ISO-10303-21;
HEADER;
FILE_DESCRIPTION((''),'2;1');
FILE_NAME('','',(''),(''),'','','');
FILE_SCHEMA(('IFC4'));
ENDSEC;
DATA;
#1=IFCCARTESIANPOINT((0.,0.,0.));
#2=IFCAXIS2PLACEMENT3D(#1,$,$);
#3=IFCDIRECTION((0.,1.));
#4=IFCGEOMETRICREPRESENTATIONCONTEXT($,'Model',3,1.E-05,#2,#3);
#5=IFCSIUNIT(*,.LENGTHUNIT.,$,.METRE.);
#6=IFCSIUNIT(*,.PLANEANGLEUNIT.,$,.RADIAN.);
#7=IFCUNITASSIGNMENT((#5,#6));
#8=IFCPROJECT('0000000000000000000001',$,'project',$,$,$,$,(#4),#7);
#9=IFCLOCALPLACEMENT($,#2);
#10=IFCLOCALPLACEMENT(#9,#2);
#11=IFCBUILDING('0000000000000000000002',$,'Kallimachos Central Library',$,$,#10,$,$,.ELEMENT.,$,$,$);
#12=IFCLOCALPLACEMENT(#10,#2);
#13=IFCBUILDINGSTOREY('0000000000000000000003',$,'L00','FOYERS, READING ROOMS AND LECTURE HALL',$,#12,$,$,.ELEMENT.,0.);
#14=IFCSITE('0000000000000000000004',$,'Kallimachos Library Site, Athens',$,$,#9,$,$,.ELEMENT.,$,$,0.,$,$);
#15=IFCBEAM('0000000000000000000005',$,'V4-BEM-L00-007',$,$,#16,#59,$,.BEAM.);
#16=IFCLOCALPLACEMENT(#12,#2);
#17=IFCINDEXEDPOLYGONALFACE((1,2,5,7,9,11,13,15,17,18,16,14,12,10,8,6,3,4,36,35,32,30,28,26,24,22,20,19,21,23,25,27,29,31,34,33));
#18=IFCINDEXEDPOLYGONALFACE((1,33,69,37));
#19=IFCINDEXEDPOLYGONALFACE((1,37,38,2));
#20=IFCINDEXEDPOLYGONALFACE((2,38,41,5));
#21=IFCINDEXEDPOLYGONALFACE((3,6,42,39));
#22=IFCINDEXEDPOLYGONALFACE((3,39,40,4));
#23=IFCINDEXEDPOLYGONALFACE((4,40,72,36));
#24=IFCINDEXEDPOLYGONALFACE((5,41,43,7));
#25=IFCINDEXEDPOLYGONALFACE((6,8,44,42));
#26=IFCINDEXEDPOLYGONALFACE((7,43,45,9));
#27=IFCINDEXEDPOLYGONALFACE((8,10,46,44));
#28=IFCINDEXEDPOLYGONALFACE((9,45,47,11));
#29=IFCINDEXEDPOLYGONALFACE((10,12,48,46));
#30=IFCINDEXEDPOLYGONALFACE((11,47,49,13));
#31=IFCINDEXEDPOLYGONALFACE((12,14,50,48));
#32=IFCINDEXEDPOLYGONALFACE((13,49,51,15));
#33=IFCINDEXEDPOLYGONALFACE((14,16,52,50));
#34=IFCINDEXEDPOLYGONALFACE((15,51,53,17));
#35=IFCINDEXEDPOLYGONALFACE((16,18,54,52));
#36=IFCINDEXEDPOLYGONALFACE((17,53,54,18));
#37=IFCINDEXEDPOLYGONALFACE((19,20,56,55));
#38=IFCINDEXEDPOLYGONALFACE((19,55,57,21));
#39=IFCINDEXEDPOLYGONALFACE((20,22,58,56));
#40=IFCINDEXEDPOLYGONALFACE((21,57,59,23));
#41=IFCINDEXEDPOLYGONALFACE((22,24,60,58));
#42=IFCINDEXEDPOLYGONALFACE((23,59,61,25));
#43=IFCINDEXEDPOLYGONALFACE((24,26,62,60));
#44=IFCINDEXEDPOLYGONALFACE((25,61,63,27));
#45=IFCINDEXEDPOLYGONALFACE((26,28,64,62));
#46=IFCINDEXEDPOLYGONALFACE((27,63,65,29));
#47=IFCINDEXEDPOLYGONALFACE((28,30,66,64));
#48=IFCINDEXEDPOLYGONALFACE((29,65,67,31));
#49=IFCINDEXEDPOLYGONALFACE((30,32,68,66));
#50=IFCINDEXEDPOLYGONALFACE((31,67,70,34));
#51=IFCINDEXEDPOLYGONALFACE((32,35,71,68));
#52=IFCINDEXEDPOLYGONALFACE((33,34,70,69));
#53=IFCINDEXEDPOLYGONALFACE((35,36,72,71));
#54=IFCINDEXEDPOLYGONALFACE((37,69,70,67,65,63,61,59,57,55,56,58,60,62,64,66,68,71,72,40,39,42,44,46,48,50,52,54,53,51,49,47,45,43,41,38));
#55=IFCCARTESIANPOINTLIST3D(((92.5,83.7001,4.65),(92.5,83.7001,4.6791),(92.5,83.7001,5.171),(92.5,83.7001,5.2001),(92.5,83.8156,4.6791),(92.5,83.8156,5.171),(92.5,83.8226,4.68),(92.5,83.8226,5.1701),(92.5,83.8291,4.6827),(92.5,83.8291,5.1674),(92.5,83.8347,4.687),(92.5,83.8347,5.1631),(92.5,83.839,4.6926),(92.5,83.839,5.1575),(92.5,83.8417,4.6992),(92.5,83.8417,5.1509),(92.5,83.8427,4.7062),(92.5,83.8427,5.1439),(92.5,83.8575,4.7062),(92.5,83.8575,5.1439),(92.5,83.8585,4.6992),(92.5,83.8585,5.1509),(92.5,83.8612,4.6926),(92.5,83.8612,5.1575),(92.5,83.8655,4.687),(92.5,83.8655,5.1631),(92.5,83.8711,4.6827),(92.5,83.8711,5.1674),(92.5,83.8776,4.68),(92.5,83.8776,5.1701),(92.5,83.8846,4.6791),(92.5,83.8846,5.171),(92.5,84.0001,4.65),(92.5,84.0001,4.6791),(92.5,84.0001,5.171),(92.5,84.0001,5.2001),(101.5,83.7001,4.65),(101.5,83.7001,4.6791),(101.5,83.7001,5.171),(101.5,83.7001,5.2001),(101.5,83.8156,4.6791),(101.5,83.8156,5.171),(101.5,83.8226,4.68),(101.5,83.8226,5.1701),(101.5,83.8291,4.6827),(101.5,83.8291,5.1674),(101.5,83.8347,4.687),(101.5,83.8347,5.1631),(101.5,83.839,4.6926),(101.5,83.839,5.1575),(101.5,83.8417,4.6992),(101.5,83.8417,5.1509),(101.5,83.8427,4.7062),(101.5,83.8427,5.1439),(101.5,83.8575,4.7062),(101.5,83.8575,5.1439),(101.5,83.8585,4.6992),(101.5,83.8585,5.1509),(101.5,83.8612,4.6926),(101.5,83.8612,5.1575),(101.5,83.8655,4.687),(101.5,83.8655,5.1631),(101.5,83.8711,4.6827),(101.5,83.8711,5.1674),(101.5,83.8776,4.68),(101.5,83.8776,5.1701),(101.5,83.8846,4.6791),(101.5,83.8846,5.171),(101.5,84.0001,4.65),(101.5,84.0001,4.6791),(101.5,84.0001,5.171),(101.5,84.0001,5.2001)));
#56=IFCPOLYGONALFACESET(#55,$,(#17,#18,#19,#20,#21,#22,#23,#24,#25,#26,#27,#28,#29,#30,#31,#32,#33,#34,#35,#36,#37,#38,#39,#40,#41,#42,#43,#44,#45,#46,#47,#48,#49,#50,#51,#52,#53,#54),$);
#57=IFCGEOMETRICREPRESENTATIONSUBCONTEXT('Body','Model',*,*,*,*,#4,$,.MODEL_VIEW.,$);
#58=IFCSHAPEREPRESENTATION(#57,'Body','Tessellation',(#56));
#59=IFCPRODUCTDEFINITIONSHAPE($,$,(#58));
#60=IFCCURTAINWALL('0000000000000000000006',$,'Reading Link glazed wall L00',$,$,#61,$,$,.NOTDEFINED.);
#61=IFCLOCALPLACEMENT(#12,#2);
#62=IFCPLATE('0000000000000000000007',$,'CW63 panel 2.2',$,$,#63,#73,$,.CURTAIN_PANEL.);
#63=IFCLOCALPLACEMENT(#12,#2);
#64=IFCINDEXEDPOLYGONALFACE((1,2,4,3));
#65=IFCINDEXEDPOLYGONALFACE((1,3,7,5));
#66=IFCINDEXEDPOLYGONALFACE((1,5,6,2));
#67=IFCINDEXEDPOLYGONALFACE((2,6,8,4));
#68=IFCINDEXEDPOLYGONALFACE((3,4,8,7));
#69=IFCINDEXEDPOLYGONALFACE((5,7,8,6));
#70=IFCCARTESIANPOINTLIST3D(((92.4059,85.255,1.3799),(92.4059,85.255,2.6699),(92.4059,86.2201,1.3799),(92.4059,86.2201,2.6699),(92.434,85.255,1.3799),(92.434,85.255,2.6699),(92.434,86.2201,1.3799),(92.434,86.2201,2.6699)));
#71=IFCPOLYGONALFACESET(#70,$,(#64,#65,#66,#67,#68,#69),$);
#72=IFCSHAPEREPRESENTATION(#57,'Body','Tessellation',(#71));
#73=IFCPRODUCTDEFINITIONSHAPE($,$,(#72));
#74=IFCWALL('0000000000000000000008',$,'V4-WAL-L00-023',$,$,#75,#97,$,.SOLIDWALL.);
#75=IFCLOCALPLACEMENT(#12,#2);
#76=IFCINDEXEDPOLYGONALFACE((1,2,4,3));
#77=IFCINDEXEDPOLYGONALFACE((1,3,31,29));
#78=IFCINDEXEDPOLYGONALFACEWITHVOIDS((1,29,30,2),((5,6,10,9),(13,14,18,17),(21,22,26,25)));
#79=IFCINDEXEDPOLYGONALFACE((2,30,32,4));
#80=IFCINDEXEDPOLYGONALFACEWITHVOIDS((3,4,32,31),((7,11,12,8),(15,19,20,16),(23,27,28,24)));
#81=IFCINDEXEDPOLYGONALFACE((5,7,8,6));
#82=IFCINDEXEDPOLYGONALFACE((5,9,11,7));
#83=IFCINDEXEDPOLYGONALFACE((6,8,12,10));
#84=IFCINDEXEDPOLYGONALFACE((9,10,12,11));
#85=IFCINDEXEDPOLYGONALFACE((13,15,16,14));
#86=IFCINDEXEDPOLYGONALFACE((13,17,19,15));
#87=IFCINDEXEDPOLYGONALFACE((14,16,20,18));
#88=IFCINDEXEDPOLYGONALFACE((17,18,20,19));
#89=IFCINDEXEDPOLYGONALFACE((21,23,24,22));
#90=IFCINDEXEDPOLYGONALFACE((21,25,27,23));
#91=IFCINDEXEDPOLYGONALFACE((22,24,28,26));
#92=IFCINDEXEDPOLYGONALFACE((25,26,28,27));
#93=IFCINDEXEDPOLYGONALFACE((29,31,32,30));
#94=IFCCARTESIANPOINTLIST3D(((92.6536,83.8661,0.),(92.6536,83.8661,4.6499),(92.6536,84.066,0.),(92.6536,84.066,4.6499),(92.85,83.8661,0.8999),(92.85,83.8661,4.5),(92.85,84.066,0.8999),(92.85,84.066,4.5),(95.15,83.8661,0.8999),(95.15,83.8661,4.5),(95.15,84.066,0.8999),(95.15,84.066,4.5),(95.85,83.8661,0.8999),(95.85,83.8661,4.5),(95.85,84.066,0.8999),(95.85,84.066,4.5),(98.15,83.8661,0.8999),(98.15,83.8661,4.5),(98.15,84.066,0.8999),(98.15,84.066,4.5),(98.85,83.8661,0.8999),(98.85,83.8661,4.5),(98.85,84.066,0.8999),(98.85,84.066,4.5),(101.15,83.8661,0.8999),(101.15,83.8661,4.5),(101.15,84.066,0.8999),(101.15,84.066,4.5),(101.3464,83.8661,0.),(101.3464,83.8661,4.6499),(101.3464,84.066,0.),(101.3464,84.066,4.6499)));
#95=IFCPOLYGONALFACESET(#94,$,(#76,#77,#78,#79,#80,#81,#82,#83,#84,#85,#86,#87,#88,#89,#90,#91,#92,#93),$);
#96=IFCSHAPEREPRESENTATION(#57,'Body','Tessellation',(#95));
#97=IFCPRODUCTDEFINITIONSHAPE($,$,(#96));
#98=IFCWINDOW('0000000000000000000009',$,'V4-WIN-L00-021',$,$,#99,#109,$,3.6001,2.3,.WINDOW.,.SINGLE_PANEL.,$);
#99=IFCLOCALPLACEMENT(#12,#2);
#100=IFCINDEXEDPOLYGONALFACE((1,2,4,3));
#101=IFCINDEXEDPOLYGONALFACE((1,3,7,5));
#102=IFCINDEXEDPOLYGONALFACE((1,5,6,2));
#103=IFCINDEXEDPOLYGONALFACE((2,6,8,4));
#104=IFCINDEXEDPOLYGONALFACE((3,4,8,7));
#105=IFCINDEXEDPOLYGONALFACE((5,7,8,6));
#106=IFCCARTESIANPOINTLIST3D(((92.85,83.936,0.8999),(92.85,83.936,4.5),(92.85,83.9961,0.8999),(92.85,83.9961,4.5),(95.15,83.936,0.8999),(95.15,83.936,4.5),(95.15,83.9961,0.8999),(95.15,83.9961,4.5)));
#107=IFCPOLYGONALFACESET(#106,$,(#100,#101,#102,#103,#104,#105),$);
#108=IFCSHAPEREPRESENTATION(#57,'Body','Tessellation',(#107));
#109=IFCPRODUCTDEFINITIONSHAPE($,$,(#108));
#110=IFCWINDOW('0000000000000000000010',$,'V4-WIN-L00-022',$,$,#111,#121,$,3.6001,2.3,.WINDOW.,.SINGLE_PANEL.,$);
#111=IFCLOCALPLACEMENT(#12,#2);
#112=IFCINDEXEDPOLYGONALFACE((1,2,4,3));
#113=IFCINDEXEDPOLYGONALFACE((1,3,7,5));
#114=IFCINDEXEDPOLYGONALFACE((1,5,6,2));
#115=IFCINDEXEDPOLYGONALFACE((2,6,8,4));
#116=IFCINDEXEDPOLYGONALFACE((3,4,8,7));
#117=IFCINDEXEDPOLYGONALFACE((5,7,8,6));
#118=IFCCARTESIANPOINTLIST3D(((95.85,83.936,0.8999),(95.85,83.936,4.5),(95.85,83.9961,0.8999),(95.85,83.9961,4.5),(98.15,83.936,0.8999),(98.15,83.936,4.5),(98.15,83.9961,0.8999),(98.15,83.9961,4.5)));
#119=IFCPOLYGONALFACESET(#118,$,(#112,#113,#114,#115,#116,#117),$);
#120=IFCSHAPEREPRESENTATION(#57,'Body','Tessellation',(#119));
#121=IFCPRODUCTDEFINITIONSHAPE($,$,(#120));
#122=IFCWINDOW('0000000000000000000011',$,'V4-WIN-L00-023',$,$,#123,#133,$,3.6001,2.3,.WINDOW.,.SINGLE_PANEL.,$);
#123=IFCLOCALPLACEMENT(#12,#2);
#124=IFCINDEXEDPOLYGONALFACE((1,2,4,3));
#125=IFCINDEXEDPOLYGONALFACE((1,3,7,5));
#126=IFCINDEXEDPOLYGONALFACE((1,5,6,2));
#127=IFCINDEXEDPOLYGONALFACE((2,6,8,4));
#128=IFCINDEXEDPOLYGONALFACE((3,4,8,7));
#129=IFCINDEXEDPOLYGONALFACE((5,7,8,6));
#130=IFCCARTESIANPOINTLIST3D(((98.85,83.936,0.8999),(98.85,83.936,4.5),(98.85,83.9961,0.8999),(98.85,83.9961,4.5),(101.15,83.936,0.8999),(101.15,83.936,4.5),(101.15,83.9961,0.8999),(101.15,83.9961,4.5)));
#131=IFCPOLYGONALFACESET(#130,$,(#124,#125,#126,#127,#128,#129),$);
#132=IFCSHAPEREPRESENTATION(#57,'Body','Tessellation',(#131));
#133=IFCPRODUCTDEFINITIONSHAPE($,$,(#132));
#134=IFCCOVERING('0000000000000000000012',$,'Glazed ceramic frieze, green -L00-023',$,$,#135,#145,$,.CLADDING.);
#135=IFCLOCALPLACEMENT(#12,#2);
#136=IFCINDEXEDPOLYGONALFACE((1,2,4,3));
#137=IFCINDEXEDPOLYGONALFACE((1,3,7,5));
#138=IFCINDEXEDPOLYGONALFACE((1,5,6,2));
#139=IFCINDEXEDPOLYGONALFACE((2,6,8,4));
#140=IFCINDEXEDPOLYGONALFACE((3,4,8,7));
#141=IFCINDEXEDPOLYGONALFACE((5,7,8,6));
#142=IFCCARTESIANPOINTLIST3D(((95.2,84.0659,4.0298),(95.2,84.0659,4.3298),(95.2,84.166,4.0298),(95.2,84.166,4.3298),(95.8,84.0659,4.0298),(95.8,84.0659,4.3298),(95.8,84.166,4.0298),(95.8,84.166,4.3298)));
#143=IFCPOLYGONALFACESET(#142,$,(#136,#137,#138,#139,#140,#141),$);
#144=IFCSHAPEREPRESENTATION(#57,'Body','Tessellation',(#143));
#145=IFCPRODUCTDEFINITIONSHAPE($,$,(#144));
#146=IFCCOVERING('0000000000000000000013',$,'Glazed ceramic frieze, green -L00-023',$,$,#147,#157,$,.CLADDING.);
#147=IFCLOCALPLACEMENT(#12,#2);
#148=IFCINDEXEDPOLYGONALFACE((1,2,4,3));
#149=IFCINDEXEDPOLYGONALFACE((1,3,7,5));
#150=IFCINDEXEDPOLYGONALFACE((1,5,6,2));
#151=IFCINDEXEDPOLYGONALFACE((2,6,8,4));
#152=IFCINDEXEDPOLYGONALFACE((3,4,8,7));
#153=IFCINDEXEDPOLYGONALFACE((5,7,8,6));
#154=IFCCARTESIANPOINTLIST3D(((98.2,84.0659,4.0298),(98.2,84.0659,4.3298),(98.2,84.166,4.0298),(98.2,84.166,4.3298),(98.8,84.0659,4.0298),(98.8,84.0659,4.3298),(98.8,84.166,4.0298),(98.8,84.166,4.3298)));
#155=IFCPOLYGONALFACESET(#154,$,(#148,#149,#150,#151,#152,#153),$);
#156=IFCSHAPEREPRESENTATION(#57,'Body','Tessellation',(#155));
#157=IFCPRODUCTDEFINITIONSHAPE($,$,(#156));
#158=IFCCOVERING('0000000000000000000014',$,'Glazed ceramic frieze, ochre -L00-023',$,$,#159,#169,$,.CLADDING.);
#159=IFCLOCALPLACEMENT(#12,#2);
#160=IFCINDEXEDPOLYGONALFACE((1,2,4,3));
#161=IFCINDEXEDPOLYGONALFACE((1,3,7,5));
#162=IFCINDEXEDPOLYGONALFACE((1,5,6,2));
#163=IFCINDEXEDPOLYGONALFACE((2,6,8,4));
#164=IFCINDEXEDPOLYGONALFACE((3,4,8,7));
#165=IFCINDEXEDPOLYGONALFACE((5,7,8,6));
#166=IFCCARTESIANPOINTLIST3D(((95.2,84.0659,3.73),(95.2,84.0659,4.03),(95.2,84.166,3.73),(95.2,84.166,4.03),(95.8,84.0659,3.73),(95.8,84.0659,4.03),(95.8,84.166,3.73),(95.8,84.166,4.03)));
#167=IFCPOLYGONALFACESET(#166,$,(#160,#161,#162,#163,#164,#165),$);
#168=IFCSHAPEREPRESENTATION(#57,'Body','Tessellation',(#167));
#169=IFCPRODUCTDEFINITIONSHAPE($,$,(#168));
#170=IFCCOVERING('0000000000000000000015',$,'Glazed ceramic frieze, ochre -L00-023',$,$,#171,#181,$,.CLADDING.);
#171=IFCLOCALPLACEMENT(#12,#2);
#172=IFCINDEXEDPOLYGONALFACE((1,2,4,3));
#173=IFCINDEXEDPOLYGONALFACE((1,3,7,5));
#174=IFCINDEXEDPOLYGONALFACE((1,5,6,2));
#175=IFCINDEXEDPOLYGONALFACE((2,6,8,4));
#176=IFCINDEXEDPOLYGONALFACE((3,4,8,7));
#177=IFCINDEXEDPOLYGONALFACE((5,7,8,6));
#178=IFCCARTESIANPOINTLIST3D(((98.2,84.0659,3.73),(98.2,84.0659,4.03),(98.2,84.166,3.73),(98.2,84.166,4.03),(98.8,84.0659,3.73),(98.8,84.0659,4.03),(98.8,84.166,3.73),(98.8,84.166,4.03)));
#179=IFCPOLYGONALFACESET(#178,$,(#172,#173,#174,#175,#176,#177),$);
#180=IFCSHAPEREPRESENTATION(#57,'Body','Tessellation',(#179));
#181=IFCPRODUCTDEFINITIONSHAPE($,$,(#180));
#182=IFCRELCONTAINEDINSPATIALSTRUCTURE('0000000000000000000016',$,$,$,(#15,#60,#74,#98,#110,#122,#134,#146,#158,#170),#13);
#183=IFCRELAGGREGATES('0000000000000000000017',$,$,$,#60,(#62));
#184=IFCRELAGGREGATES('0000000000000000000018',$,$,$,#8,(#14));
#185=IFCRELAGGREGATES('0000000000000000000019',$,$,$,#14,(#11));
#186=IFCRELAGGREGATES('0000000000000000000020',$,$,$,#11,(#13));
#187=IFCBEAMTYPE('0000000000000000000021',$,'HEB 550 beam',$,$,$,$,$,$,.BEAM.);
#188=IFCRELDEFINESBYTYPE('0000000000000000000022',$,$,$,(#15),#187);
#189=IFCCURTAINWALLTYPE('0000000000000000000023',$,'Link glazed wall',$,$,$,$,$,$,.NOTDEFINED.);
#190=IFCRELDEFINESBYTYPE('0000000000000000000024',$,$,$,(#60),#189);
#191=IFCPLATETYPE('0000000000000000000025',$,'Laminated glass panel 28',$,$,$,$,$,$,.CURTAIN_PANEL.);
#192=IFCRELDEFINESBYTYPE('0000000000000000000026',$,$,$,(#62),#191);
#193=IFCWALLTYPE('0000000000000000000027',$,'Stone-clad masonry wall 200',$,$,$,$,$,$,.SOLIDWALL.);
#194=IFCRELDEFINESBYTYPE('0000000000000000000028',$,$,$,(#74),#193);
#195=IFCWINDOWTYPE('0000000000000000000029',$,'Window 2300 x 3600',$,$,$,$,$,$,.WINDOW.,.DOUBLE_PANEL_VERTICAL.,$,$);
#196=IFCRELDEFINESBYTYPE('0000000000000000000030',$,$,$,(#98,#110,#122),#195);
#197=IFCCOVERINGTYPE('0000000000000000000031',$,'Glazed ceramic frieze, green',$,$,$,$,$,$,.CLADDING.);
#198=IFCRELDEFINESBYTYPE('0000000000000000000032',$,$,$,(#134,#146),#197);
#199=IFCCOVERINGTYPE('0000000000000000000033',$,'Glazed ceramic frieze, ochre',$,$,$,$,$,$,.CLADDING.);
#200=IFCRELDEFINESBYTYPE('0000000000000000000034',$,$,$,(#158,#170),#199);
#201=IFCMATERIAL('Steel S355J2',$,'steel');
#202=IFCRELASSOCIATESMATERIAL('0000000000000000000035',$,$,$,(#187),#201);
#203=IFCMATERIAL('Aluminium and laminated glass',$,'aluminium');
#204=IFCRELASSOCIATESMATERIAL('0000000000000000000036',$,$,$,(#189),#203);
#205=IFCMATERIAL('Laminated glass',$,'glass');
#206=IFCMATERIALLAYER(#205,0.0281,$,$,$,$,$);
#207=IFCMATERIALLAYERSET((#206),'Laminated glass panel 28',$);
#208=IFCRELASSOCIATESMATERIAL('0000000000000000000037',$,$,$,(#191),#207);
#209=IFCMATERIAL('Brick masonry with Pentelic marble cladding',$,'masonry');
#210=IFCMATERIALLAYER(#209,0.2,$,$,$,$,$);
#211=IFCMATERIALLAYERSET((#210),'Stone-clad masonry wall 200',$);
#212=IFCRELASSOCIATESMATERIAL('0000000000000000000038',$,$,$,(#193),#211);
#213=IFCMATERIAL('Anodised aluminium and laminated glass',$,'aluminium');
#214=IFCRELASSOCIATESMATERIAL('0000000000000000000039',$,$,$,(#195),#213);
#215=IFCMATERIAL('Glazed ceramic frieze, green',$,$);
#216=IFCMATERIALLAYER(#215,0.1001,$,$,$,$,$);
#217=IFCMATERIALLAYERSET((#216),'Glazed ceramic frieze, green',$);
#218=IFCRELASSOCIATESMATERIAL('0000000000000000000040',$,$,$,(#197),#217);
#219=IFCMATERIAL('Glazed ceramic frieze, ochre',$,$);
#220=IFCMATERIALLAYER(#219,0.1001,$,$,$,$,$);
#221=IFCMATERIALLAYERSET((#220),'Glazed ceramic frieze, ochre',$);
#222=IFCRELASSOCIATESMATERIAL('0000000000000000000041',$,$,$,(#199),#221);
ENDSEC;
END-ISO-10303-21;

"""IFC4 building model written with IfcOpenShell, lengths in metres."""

from ifc_helpers import new_model, si_unit, direction, frame, frame_2d, origin, origin_2d, place, context, subcontext, project, spatial, rectangle, i_section, extrude, material, layer, layer_set, material_profile, profile_set, type_object, element, fill, aggregate, save


model = new_model("IFC4")

# Units and contexts
model_context = context("Model", 3, precision=1e-05, world=origin(), true_north=direction((0.0, 1.0)))
body_context = subcontext(model_context, "Body", "Model", "MODEL_VIEW")
ifc_project = project(units=[si_unit("LENGTHUNIT", "METRE"), si_unit("PLANEANGLEUNIT", "RADIAN")], contexts=[model_context])

# Site, building, storey
site_placement = place(None, origin())
site = spatial("IfcSite", under=ifc_project, at=site_placement, Name="Kallimachos Library Site, Athens", CompositionType="ELEMENT", RefElevation=0.0)
building_placement = place(site_placement, origin())
building = spatial("IfcBuilding", under=site, at=building_placement, Name="Kallimachos Central Library", CompositionType="ELEMENT")
storey_placement = place(building_placement, origin())
storey = spatial("IfcBuildingStorey", under=building, at=storey_placement, Name="L00", Description="FOYERS, READING ROOMS AND LECTURE HALL", CompositionType="ELEMENT", Elevation=0.0)

# Beam
ifc_material_1 = material(Name="Steel S355J2", Category="steel")
ifc_material_profile_1 = material_profile(ifc_material_1, i_section(OverallWidth=0.3, OverallDepth=0.55, WebThickness=0.0149, FlangeThickness=0.0291, FilletRadius=0.0271, at=origin_2d()), Name="HEB 550")
ifc_profile_set_1 = profile_set([ifc_material_profile_1], Name="Steel S355J2")
beam_type = type_object("IfcBeamType", Name="HEB 550 beam", PredefinedType="BEAM", material=ifc_profile_set_1)
beam_placement = place(storey_placement, frame((92.5, 83.8501, 4.925), z_axis=(1.0, 0.0, 0.0), x_axis=(0.0, 1.0, 0.0)))
element("IfcBeam", 1, at=beam_placement, inside=storey, type_object=beam_type, Name="V4-BEM-L00-007", PredefinedType="BEAM", context=body_context, shape_type="SweptSolid", body=[
    extrude(i_section(OverallWidth=0.3, OverallDepth=0.55, WebThickness=0.0149, FlangeThickness=0.0291, FilletRadius=0.0271, at=origin_2d()), origin(), (0.0, 0.0, 1.0), 9.0),
])

# Curtain wall, plate
ifc_material_2 = material(Name="Aluminium and laminated glass", Category="aluminium")
curtain_wall_type = type_object("IfcCurtainWallType", Name="Link glazed wall", PredefinedType="NOTDEFINED", material=ifc_material_2)
curtain_wall_placement = place(storey_placement, origin())
curtain_wall = element("IfcCurtainWall", 2, at=curtain_wall_placement, inside=storey, type_object=curtain_wall_type, Name="Reading Link glazed wall L00", PredefinedType="NOTDEFINED")
ifc_material_3 = material(Name="Laminated glass", Category="glass")
ifc_layer_1 = layer(ifc_material_3, 0.0281)
ifc_layer_set_1 = layer_set([ifc_layer_1], Name="Laminated glass panel 28")
plate_type = type_object("IfcPlateType", Name="Laminated glass panel 28", PredefinedType="CURTAIN_PANEL", material=ifc_layer_set_1)
plate_placement = place(storey_placement, frame((92.4199, 85.7375, 1.3799), z_axis=(0.0, 0.0, 1.0), x_axis=(0.0, 1.0, 0.0)))
plate = element("IfcPlate", 3, at=plate_placement, type_object=plate_type, Name="CW63 panel 2.2", PredefinedType="CURTAIN_PANEL", context=body_context, shape_type="SweptSolid", body=[
    extrude(rectangle(XDim=0.9651, YDim=0.0281, at=origin_2d()), origin(), (0.0, 0.0, 1.0), 1.29),
])
aggregate(curtain_wall, [plate])

# Wall, openings, windows
ifc_material_4 = material(Name="Brick masonry with Pentelic marble cladding", Category="masonry")
ifc_layer_2 = layer(ifc_material_4, 0.2)
ifc_layer_set_2 = layer_set([ifc_layer_2], Name="Stone-clad masonry wall 200")
wall_type = type_object("IfcWallType", Name="Stone-clad masonry wall 200", PredefinedType="SOLIDWALL", material=ifc_layer_set_2)
wall_placement = place(storey_placement, frame((92.6536, 83.9661, 0.0), z_axis=(0.0, 0.0, 1.0), x_axis=(1.0, 0.0, 0.0)))
wall = element("IfcWall", 4, at=wall_placement, inside=storey, type_object=wall_type, Name="V4-WAL-L00-023", PredefinedType="SOLIDWALL", context=body_context, shape_type="SweptSolid", body=[
    extrude(rectangle(XDim=8.6929, YDim=0.2, at=frame_2d((4.3464, 0.0))), origin(), (0.0, 0.0, 1.0), 4.6499),
])
opening_1_placement = place(wall_placement, frame((0.1965, 0.0, 0.8999)))
opening_1 = element("IfcOpeningElement", 5, at=opening_1_placement, cuts=wall, PredefinedType="OPENING", context=body_context, shape_type="SweptSolid", body=[
    extrude(rectangle(XDim=2.3, YDim=3.6001, at=frame_2d((1.1499, 1.8))), frame((0.0, 0.1099, 0.0), z_axis=(0.0, -1.0, 0.0), x_axis=(1.0, 0.0, 0.0)), (0.0, 0.0, 1.0), 0.22),
])
opening_2_placement = place(wall_placement, frame((3.1965, 0.0, 0.8999)))
opening_2 = element("IfcOpeningElement", 6, at=opening_2_placement, cuts=wall, PredefinedType="OPENING", context=body_context, shape_type="SweptSolid", body=[
    extrude(rectangle(XDim=2.3, YDim=3.6001, at=frame_2d((1.1499, 1.8))), frame((0.0, 0.1099, 0.0), z_axis=(0.0, -1.0, 0.0), x_axis=(1.0, 0.0, 0.0)), (0.0, 0.0, 1.0), 0.22),
])
opening_3_placement = place(wall_placement, frame((6.1965, 0.0, 0.8999)))
opening_3 = element("IfcOpeningElement", 7, at=opening_3_placement, cuts=wall, PredefinedType="OPENING", context=body_context, shape_type="SweptSolid", body=[
    extrude(rectangle(XDim=2.3, YDim=3.6001, at=frame_2d((1.1499, 1.8))), frame((0.0, 0.1099, 0.0), z_axis=(0.0, -1.0, 0.0), x_axis=(1.0, 0.0, 0.0)), (0.0, 0.0, 1.0), 0.22),
])
ifc_material_5 = material(Name="Anodised aluminium and laminated glass", Category="aluminium")
window_type = type_object("IfcWindowType", Name="Window 2300 x 3600", PartitioningType="DOUBLE_PANEL_VERTICAL", PredefinedType="WINDOW", material=ifc_material_5)
window_1_placement = place(opening_1_placement, origin())
window_1 = element("IfcWindow", 8, at=window_1_placement, inside=storey, type_object=window_type, Name="V4-WIN-L00-021", OverallHeight=3.6001, OverallWidth=2.3, PartitioningType="SINGLE_PANEL", PredefinedType="WINDOW", context=body_context, shape_type="SweptSolid", body=[
    extrude(rectangle(XDim=2.3, YDim=3.6001, at=frame_2d((1.1499, 1.8))), frame((0.0, 0.03, 0.0), z_axis=(0.0, -1.0, 0.0), x_axis=(1.0, 0.0, 0.0)), (0.0, 0.0, 1.0), 0.0601),
])
fill(opening_1, window_1)
window_2_placement = place(opening_2_placement, origin())
window_2 = element("IfcWindow", 9, at=window_2_placement, inside=storey, type_object=window_type, Name="V4-WIN-L00-022", OverallHeight=3.6001, OverallWidth=2.3, PartitioningType="SINGLE_PANEL", PredefinedType="WINDOW", context=body_context, shape_type="SweptSolid", body=[
    extrude(rectangle(XDim=2.3, YDim=3.6001, at=frame_2d((1.1499, 1.8))), frame((0.0, 0.03, 0.0), z_axis=(0.0, -1.0, 0.0), x_axis=(1.0, 0.0, 0.0)), (0.0, 0.0, 1.0), 0.0601),
])
fill(opening_2, window_2)
window_3_placement = place(opening_3_placement, origin())
window_3 = element("IfcWindow", 10, at=window_3_placement, inside=storey, type_object=window_type, Name="V4-WIN-L00-023", OverallHeight=3.6001, OverallWidth=2.3, PartitioningType="SINGLE_PANEL", PredefinedType="WINDOW", context=body_context, shape_type="SweptSolid", body=[
    extrude(rectangle(XDim=2.3, YDim=3.6001, at=frame_2d((1.1499, 1.8))), frame((0.0, 0.03, 0.0), z_axis=(0.0, -1.0, 0.0), x_axis=(1.0, 0.0, 0.0)), (0.0, 0.0, 1.0), 0.0601),
])
fill(opening_3, window_3)

# Coverings
ifc_material_6 = material(Name="Glazed ceramic frieze, green")
ifc_layer_3 = layer(ifc_material_6, 0.1001)
ifc_layer_set_3 = layer_set([ifc_layer_3], Name="Glazed ceramic frieze, green")
covering_type_1 = type_object("IfcCoveringType", Name="Glazed ceramic frieze, green", PredefinedType="CLADDING", material=ifc_layer_set_3)
for number, where, z_axis, x_axis, name in (
    (11, (95.5, 84.116, 4.0298), (0.0, 0.0, 1.0), (1.0, 0.0, 0.0), "Glazed ceramic frieze, green -L00-023"),
    (12, (98.5, 84.116, 4.0298), (0.0, 0.0, 1.0), (1.0, 0.0, 0.0), "Glazed ceramic frieze, green -L00-023"),
):
    element("IfcCovering", number, at=place(storey_placement, frame(where, z_axis=z_axis, x_axis=x_axis)), inside=storey, type_object=covering_type_1, Name=name, PredefinedType="CLADDING", context=body_context, shape_type="SweptSolid", body=[
        extrude(rectangle(XDim=0.6001, YDim=0.1001, at=origin_2d()), origin(), (0.0, 0.0, 1.0), 0.3),
    ])
ifc_material_7 = material(Name="Glazed ceramic frieze, ochre")
ifc_layer_4 = layer(ifc_material_7, 0.1001)
ifc_layer_set_4 = layer_set([ifc_layer_4], Name="Glazed ceramic frieze, ochre")
covering_type_2 = type_object("IfcCoveringType", Name="Glazed ceramic frieze, ochre", PredefinedType="CLADDING", material=ifc_layer_set_4)
for number, where, z_axis, x_axis, name in (
    (13, (95.5, 84.116, 3.73), (0.0, 0.0, 1.0), (1.0, 0.0, 0.0), "Glazed ceramic frieze, ochre -L00-023"),
    (14, (98.5, 84.116, 3.73), (0.0, 0.0, 1.0), (1.0, 0.0, 0.0), "Glazed ceramic frieze, ochre -L00-023"),
):
    element("IfcCovering", number, at=place(storey_placement, frame(where, z_axis=z_axis, x_axis=x_axis)), inside=storey, type_object=covering_type_2, Name=name, PredefinedType="CLADDING", context=body_context, shape_type="SweptSolid", body=[
        extrude(rectangle(XDim=0.6001, YDim=0.1001, at=origin_2d()), origin(), (0.0, 0.0, 1.0), 0.3),
    ])

save(model, "model.ifc")
